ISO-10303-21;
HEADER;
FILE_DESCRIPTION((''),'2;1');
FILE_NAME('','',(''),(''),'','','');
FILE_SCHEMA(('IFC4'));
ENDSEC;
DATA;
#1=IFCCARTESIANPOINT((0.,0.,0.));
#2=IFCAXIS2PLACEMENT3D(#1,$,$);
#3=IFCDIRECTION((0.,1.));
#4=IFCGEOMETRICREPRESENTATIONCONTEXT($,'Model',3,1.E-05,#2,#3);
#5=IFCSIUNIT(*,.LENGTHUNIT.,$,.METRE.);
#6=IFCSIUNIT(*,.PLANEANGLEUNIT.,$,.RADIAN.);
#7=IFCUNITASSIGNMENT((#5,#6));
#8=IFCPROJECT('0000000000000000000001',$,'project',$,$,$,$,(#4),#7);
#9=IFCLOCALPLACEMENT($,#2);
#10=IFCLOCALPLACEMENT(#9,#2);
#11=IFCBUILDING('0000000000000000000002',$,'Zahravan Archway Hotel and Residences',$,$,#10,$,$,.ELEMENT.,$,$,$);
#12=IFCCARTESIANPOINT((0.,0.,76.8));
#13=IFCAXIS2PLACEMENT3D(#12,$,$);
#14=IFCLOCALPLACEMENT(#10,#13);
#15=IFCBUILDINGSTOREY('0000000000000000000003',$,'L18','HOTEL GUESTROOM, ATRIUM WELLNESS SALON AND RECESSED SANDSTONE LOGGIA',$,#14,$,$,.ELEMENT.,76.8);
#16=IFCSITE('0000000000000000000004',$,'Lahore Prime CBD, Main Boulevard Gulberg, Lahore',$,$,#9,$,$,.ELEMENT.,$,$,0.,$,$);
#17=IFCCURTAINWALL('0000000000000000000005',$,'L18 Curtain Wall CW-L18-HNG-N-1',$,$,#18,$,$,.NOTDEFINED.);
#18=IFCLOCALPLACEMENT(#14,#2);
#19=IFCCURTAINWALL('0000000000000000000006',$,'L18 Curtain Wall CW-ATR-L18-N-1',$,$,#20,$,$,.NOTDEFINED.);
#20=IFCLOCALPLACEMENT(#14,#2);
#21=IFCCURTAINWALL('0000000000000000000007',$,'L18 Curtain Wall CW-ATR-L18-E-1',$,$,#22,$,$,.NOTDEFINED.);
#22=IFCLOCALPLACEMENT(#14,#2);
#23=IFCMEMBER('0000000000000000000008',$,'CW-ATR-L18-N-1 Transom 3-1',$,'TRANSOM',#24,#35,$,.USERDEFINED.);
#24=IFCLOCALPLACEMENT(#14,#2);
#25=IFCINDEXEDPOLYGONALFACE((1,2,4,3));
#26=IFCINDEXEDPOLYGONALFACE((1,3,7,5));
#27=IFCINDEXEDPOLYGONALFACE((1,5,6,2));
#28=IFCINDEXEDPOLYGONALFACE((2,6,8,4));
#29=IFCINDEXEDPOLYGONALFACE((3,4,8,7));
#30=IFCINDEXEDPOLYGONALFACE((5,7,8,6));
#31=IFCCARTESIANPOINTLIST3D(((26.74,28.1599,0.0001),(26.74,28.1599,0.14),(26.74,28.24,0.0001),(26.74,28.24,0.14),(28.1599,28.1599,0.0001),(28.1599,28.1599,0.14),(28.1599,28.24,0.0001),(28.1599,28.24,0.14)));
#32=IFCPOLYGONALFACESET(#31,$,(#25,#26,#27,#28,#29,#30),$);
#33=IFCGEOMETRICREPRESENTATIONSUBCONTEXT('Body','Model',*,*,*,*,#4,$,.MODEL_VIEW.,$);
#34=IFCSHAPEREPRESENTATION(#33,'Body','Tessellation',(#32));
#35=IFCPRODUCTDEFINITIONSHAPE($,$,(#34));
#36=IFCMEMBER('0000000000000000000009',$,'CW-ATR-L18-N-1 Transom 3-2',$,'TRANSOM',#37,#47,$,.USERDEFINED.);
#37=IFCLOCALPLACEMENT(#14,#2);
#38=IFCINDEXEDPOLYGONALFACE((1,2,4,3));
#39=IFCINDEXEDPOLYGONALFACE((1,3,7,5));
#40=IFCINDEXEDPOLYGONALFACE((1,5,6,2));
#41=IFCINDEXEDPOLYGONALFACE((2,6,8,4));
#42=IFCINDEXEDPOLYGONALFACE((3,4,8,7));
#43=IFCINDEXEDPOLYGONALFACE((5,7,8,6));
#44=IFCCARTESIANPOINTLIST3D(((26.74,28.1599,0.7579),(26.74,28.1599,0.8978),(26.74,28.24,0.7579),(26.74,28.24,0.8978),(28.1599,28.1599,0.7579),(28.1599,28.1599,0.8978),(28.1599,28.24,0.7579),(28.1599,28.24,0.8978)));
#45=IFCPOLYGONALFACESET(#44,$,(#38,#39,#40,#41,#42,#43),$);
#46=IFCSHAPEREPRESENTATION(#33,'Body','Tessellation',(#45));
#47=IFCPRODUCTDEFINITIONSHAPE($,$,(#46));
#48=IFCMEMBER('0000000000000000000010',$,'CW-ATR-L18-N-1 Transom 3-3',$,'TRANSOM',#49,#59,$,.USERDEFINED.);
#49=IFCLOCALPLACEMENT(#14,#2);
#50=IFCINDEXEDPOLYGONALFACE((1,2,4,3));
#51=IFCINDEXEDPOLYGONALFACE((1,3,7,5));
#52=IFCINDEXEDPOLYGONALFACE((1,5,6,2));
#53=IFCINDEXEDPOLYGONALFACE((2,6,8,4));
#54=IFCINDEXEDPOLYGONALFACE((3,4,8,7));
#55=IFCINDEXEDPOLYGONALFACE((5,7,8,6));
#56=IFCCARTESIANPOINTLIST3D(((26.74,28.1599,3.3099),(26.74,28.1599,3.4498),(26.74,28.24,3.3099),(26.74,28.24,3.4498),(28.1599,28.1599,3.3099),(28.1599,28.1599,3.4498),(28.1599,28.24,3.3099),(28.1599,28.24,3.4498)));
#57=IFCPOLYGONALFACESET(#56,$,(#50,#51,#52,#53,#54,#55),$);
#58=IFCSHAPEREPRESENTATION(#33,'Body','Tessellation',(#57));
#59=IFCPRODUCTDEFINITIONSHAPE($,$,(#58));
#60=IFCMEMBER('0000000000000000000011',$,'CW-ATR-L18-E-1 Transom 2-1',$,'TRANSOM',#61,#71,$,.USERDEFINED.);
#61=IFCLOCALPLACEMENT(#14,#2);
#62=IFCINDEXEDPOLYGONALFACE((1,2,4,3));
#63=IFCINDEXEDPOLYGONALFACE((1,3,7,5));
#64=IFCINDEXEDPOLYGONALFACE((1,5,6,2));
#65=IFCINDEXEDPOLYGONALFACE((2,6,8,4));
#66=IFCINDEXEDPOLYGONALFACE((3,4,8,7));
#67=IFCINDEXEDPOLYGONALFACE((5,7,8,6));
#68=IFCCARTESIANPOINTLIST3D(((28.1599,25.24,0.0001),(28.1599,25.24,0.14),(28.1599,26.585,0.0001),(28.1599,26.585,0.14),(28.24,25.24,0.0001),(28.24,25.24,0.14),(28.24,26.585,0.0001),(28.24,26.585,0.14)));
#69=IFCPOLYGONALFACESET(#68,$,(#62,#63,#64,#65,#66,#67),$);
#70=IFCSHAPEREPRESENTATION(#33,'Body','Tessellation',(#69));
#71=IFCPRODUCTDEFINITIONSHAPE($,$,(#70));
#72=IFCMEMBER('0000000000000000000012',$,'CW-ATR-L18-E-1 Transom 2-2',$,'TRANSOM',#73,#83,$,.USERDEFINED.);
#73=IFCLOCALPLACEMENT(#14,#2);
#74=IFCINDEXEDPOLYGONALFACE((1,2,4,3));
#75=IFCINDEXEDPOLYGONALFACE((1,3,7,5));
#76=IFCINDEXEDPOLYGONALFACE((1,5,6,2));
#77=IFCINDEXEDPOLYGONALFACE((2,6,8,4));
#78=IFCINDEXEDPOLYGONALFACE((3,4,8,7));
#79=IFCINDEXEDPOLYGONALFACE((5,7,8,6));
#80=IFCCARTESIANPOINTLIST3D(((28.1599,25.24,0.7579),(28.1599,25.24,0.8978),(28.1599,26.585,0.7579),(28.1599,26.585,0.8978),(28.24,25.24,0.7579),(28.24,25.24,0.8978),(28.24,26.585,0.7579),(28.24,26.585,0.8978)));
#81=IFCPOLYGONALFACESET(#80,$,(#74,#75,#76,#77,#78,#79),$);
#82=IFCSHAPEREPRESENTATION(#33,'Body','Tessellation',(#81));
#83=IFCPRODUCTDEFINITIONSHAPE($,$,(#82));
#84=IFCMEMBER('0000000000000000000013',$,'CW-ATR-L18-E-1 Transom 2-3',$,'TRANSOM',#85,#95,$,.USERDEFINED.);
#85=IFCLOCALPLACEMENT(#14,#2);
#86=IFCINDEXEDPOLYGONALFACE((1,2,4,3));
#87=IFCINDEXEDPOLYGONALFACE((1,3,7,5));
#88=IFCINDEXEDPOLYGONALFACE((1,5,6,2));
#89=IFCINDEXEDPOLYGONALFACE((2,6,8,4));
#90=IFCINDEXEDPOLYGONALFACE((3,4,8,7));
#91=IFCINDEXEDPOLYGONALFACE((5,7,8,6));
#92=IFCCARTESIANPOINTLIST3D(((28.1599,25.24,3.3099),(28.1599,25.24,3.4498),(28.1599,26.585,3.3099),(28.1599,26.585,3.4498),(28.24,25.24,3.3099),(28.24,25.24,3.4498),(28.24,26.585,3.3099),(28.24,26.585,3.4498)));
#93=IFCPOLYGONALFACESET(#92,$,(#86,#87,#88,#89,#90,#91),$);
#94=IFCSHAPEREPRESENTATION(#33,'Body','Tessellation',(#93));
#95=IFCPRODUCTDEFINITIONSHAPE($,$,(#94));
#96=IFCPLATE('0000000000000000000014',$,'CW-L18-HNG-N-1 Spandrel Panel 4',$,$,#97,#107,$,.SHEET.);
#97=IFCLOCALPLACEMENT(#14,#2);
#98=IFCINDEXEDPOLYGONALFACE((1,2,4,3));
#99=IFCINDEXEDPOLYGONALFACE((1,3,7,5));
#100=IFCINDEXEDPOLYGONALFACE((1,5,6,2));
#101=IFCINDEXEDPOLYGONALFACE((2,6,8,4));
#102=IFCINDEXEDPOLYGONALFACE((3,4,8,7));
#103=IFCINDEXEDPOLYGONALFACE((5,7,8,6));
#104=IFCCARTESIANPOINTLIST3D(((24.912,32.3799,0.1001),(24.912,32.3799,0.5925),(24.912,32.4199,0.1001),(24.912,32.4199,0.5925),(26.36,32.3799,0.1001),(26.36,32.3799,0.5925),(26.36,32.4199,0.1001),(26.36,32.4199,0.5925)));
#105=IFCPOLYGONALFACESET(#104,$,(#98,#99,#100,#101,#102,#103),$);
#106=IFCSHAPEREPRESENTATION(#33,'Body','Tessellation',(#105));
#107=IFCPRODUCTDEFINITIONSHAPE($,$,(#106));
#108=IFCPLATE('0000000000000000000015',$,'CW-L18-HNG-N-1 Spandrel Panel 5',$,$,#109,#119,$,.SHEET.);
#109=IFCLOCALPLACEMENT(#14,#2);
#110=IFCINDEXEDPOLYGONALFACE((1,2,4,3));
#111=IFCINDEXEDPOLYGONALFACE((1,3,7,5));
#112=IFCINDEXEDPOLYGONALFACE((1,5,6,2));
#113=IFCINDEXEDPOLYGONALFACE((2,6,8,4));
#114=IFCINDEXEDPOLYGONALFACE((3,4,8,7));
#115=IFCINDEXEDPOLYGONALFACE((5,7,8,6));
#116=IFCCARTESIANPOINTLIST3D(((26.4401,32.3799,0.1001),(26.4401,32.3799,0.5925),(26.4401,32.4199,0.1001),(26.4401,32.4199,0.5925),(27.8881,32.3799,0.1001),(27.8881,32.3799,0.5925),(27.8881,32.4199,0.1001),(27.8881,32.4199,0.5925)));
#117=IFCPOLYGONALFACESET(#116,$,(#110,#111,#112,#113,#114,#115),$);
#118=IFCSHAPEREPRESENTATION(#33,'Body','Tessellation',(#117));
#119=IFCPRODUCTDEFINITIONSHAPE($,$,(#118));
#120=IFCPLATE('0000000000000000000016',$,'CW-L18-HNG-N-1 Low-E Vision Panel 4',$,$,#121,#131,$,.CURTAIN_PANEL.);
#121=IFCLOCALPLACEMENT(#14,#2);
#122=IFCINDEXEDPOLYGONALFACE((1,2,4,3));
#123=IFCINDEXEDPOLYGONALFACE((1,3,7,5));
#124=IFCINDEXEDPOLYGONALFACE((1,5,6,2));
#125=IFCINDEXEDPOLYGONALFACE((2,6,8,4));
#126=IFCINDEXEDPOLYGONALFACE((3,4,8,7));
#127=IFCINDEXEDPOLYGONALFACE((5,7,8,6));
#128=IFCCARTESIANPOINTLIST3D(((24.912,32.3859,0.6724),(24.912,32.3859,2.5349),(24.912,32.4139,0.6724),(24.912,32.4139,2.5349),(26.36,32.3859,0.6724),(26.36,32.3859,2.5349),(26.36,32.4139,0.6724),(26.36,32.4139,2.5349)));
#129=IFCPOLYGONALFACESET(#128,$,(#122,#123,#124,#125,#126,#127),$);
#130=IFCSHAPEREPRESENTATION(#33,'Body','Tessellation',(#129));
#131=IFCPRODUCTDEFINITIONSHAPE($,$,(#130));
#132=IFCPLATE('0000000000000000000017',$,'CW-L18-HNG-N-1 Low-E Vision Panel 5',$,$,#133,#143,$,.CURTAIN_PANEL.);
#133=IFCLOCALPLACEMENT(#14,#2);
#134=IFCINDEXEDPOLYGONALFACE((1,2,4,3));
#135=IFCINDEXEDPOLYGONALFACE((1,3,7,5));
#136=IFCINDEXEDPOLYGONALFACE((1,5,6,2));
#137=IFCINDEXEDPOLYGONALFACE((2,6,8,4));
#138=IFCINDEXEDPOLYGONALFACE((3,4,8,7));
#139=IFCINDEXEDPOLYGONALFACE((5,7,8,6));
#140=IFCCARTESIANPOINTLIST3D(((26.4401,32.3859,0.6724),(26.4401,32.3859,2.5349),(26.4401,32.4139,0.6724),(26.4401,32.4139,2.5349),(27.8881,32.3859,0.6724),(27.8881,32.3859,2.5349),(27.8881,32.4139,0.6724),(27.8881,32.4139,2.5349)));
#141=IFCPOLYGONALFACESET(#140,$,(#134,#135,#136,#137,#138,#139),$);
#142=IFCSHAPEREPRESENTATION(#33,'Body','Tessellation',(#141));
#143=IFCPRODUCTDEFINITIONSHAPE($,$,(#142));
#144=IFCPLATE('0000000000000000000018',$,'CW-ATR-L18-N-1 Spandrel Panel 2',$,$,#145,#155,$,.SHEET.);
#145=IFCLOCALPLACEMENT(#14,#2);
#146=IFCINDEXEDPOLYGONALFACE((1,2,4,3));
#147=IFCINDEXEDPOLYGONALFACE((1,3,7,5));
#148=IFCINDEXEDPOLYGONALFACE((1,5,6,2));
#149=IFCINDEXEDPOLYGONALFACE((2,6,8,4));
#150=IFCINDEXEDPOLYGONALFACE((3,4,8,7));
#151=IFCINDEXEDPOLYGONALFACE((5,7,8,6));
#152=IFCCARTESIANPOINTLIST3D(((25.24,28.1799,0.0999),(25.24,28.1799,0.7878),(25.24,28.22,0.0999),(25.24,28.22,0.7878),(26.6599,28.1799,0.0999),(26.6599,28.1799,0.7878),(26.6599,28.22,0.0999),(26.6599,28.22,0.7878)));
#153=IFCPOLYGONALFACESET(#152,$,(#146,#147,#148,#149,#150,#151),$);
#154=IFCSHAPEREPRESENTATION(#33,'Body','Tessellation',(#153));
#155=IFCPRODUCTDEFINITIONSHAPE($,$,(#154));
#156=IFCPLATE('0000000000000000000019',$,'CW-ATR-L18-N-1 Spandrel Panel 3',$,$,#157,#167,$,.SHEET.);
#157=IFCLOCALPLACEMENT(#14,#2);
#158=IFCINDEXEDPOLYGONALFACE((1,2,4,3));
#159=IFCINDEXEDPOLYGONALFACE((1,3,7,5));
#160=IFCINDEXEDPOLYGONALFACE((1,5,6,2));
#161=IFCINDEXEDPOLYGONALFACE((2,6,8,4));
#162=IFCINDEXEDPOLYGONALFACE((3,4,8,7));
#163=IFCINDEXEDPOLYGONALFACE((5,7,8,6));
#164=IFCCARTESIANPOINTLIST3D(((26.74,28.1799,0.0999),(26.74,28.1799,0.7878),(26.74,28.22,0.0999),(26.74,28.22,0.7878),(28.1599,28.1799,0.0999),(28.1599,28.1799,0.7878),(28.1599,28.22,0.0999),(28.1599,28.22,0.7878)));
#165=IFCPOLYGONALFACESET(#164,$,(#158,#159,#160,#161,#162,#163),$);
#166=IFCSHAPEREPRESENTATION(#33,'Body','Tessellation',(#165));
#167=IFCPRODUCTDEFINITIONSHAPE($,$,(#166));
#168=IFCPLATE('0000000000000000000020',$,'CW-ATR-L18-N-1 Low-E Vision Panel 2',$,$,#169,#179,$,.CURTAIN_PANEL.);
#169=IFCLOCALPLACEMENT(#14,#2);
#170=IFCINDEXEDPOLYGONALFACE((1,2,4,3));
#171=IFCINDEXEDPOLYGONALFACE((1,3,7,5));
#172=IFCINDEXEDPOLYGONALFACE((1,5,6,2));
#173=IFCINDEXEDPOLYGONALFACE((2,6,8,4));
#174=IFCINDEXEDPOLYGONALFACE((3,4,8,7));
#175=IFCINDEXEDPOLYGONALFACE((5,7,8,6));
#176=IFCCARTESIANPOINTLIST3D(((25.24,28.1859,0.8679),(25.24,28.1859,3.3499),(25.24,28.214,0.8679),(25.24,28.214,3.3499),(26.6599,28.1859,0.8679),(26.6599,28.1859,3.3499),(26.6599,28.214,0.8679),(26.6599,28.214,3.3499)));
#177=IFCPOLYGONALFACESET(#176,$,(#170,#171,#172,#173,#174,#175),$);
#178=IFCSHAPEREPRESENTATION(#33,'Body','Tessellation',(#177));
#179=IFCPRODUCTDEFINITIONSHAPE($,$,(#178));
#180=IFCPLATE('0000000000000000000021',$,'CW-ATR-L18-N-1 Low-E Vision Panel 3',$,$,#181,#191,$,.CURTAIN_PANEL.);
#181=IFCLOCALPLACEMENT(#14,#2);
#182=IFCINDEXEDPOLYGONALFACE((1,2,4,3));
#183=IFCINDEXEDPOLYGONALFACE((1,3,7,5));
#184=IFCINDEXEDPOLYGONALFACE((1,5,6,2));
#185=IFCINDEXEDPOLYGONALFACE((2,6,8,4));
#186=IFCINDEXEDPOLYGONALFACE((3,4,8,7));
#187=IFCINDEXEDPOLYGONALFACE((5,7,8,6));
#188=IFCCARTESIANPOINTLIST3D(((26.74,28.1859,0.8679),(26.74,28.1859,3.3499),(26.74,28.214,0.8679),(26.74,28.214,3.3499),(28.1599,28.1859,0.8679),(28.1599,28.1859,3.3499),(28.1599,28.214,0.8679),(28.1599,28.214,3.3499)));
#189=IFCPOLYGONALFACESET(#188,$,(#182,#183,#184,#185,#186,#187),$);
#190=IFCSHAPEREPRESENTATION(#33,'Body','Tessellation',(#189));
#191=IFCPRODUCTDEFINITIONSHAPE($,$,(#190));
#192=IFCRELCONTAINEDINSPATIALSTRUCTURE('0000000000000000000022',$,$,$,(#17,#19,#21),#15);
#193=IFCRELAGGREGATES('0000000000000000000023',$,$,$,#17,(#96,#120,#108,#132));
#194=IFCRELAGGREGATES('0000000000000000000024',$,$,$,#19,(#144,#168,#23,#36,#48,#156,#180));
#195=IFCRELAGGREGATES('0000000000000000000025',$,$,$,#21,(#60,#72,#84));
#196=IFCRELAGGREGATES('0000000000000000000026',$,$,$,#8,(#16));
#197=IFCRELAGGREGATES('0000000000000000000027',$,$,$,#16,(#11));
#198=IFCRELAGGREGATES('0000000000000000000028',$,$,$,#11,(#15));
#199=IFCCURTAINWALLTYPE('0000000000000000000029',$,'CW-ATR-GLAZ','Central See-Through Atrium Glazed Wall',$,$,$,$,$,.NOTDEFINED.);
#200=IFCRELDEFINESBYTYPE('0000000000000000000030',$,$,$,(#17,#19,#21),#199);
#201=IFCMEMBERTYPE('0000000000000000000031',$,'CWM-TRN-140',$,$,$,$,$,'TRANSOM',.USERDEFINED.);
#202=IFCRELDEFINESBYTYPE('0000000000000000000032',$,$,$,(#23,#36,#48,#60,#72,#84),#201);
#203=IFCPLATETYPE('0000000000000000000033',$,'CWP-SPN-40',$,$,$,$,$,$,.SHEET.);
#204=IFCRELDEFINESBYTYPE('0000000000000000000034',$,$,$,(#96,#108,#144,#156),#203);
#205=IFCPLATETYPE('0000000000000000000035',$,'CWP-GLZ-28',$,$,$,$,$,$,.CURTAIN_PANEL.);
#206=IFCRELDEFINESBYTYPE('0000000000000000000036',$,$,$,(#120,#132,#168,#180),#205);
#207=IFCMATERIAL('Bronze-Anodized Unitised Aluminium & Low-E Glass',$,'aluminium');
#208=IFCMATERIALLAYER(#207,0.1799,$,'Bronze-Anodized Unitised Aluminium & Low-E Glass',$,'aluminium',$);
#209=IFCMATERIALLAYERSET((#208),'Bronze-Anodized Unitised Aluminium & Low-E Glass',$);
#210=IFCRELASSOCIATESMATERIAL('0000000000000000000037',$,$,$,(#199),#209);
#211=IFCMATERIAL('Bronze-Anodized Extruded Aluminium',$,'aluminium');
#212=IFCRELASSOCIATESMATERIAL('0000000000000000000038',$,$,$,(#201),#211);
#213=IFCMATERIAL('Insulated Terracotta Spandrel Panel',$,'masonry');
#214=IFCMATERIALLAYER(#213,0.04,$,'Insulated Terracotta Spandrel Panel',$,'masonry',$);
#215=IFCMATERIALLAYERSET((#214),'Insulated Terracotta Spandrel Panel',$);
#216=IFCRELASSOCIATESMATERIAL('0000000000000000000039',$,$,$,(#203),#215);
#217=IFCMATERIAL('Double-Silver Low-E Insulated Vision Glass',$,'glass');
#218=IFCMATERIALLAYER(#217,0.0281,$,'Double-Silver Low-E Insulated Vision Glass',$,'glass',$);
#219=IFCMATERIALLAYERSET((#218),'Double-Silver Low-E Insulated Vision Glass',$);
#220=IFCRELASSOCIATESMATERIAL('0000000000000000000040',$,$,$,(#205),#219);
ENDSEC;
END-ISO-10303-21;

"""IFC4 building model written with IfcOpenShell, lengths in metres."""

from ifc_helpers import new_model, si_unit, direction, frame, origin, origin_2d, place, context, subcontext, project, spatial, rectangle, extrude, source, transform, mapped, material, layer, layer_set, material_profile, profile_set, type_object, element, aggregate, save


model = new_model("IFC4")

# Units and contexts
model_context = context("Model", 3, precision=1e-05, world=origin(), true_north=direction((0.0, 1.0)))
body_context = subcontext(model_context, "Body", "Model", "MODEL_VIEW")
ifc_project = project(units=[si_unit("LENGTHUNIT", "METRE"), si_unit("PLANEANGLEUNIT", "RADIAN")], contexts=[model_context])

# Site, building, storey
site_placement = place(None, origin())
site = spatial("IfcSite", under=ifc_project, at=site_placement, Name="Lahore Prime CBD, Main Boulevard Gulberg, Lahore", CompositionType="ELEMENT", RefElevation=0.0)
building_placement = place(site_placement, origin())
building = spatial("IfcBuilding", under=site, at=building_placement, Name="Zahravan Archway Hotel and Residences", CompositionType="ELEMENT")
storey_placement = place(building_placement, frame((0.0, 0.0, 76.8)))
storey = spatial("IfcBuildingStorey", under=building, at=storey_placement, Name="L18", Description="HOTEL GUESTROOM, ATRIUM WELLNESS SALON AND RECESSED SANDSTONE LOGGIA", CompositionType="ELEMENT", Elevation=76.8)

# Curtain wall
ifc_material_1 = material(Name="Bronze-Anodized Unitised Aluminium & Low-E Glass", Category="aluminium")
ifc_layer_1 = layer(ifc_material_1, 0.1799, Name="Bronze-Anodized Unitised Aluminium & Low-E Glass", Category="aluminium")
ifc_layer_set_1 = layer_set([ifc_layer_1], Name="Bronze-Anodized Unitised Aluminium & Low-E Glass")
curtain_wall_type = type_object("IfcCurtainWallType", Name="CW-ATR-GLAZ", Description="Central See-Through Atrium Glazed Wall", PredefinedType="NOTDEFINED", material=ifc_layer_set_1)
curtain_wall_1_placement = place(storey_placement, origin())
curtain_wall_1 = element("IfcCurtainWall", 1, at=curtain_wall_1_placement, inside=storey, type_object=curtain_wall_type, Name="L18 Curtain Wall CW-L18-HNG-N-1", PredefinedType="NOTDEFINED")
ifc_material_2 = material(Name="Bronze-Anodized Extruded Aluminium", Category="aluminium")
ifc_material_profile_1 = material_profile(ifc_material_2, rectangle(XDim=0.0801, YDim=0.1399, at=origin_2d()), Name="TRN 80x140", Category="aluminium")
ifc_profile_set_1 = profile_set([ifc_material_profile_1], Name="Bronze-Anodized Extruded Aluminium")
member_type_1 = type_object("IfcMemberType", Name="CWM-TRN-140", ElementType="TRANSOM", PredefinedType="USERDEFINED", material=ifc_profile_set_1)

# Curtain wall
curtain_wall_2_placement = place(storey_placement, origin())
curtain_wall_2 = element("IfcCurtainWall", 2, at=curtain_wall_2_placement, inside=storey, type_object=curtain_wall_type, Name="L18 Curtain Wall CW-ATR-L18-N-1", PredefinedType="NOTDEFINED")

# Curtain wall
curtain_wall_3_placement = place(storey_placement, origin())
curtain_wall_3 = element("IfcCurtainWall", 3, at=curtain_wall_3_placement, inside=storey, type_object=curtain_wall_type, Name="L18 Curtain Wall CW-ATR-L18-E-1", PredefinedType="NOTDEFINED")

# Members
shared_shape_1 = source(origin(), body_context, "Body", "SweptSolid", [
    extrude(rectangle(XDim=0.0801, YDim=0.1399, at=origin_2d()), origin(), (0.0, 0.0, 1.0), 1.4199),
])
member_1_placement = place(storey_placement, frame((26.74, 28.2, 0.0701), z_axis=(1.0, 0.0, 0.0), x_axis=(0.0, 1.0, 0.0)))
member_1 = element("IfcMember", 4, at=member_1_placement, type_object=member_type_1, Name="CW-ATR-L18-N-1 Transom 3-1", ObjectType="TRANSOM", PredefinedType="USERDEFINED", context=body_context, shape_type="MappedRepresentation", body=[
    mapped(shared_shape_1, transform((0.0, 0.0, 0.0), scale=1.0)),
])
member_2_placement = place(storey_placement, frame((26.74, 28.2, 0.8279), z_axis=(1.0, 0.0, 0.0), x_axis=(0.0, 1.0, 0.0)))
member_2 = element("IfcMember", 5, at=member_2_placement, type_object=member_type_1, Name="CW-ATR-L18-N-1 Transom 3-2", ObjectType="TRANSOM", PredefinedType="USERDEFINED", context=body_context, shape_type="MappedRepresentation", body=[
    mapped(shared_shape_1, transform((0.0, 0.0, 0.0), scale=1.0)),
])
member_3_placement = place(storey_placement, frame((26.74, 28.2, 3.3799), z_axis=(1.0, 0.0, 0.0), x_axis=(0.0, 1.0, 0.0)))
member_3 = element("IfcMember", 6, at=member_3_placement, type_object=member_type_1, Name="CW-ATR-L18-N-1 Transom 3-3", ObjectType="TRANSOM", PredefinedType="USERDEFINED", context=body_context, shape_type="MappedRepresentation", body=[
    mapped(shared_shape_1, transform((0.0, 0.0, 0.0), scale=1.0)),
])
shared_shape_2 = source(origin(), body_context, "Body", "SweptSolid", [
    extrude(rectangle(XDim=0.0801, YDim=0.1399, at=origin_2d()), origin(), (0.0, 0.0, 1.0), 1.345),
])
member_4_placement = place(storey_placement, frame((28.2, 25.24, 0.0701), z_axis=(0.0, 1.0, 0.0), x_axis=(-1.0, 0.0, 0.0)))
member_4 = element("IfcMember", 7, at=member_4_placement, type_object=member_type_1, Name="CW-ATR-L18-E-1 Transom 2-1", ObjectType="TRANSOM", PredefinedType="USERDEFINED", context=body_context, shape_type="MappedRepresentation", body=[
    mapped(shared_shape_2, transform((0.0, 0.0, 0.0), scale=1.0)),
])
member_5_placement = place(storey_placement, frame((28.2, 25.24, 0.8279), z_axis=(0.0, 1.0, 0.0), x_axis=(-1.0, 0.0, 0.0)))
member_5 = element("IfcMember", 8, at=member_5_placement, type_object=member_type_1, Name="CW-ATR-L18-E-1 Transom 2-2", ObjectType="TRANSOM", PredefinedType="USERDEFINED", context=body_context, shape_type="MappedRepresentation", body=[
    mapped(shared_shape_2, transform((0.0, 0.0, 0.0), scale=1.0)),
])
member_6_placement = place(storey_placement, frame((28.2, 25.24, 3.3799), z_axis=(0.0, 1.0, 0.0), x_axis=(-1.0, 0.0, 0.0)))
member_6 = element("IfcMember", 9, at=member_6_placement, type_object=member_type_1, Name="CW-ATR-L18-E-1 Transom 2-3", ObjectType="TRANSOM", PredefinedType="USERDEFINED", context=body_context, shape_type="MappedRepresentation", body=[
    mapped(shared_shape_2, transform((0.0, 0.0, 0.0), scale=1.0)),
])

# Plates
ifc_material_3 = material(Name="Insulated Terracotta Spandrel Panel", Category="masonry")
ifc_layer_2 = layer(ifc_material_3, 0.04, Name="Insulated Terracotta Spandrel Panel", Category="masonry")
ifc_layer_set_2 = layer_set([ifc_layer_2], Name="Insulated Terracotta Spandrel Panel")
plate_type_1 = type_object("IfcPlateType", Name="CWP-SPN-40", PredefinedType="SHEET", material=ifc_layer_set_2)
shared_shape_3 = source(origin(), body_context, "Body", "SweptSolid", [
    extrude(rectangle(XDim=1.448, YDim=0.04, at=origin_2d()), origin(), (0.0, 0.0, 1.0), 0.4924),
])
plate_1_placement = place(storey_placement, frame((25.636, 32.3999, 0.1001), z_axis=(0.0, 0.0, 1.0), x_axis=(1.0, 0.0, 0.0)))
plate_1 = element("IfcPlate", 10, at=plate_1_placement, type_object=plate_type_1, Name="CW-L18-HNG-N-1 Spandrel Panel 4", PredefinedType="SHEET", context=body_context, shape_type="MappedRepresentation", body=[
    mapped(shared_shape_3, transform((0.0, 0.0, 0.0), scale=1.0)),
])
plate_2_placement = place(storey_placement, frame((27.1641, 32.3999, 0.1001), z_axis=(0.0, 0.0, 1.0), x_axis=(1.0, 0.0, 0.0)))
plate_2 = element("IfcPlate", 11, at=plate_2_placement, type_object=plate_type_1, Name="CW-L18-HNG-N-1 Spandrel Panel 5", PredefinedType="SHEET", context=body_context, shape_type="MappedRepresentation", body=[
    mapped(shared_shape_3, transform((0.0, 0.0, 0.0), scale=1.0)),
])
ifc_material_4 = material(Name="Double-Silver Low-E Insulated Vision Glass", Category="glass")
ifc_layer_3 = layer(ifc_material_4, 0.0281, Name="Double-Silver Low-E Insulated Vision Glass", Category="glass")
ifc_layer_set_3 = layer_set([ifc_layer_3], Name="Double-Silver Low-E Insulated Vision Glass")
plate_type_2 = type_object("IfcPlateType", Name="CWP-GLZ-28", PredefinedType="CURTAIN_PANEL", material=ifc_layer_set_3)
shared_shape_4 = source(origin(), body_context, "Body", "SweptSolid", [
    extrude(rectangle(XDim=1.448, YDim=0.0281, at=origin_2d()), origin(), (0.0, 0.0, 1.0), 1.8625),
])
plate_3_placement = place(storey_placement, frame((25.636, 32.3999, 0.6724), z_axis=(0.0, 0.0, 1.0), x_axis=(1.0, 0.0, 0.0)))
plate_3 = element("IfcPlate", 12, at=plate_3_placement, type_object=plate_type_2, Name="CW-L18-HNG-N-1 Low-E Vision Panel 4", PredefinedType="CURTAIN_PANEL", context=body_context, shape_type="MappedRepresentation", body=[
    mapped(shared_shape_4, transform((0.0, 0.0, 0.0), scale=1.0)),
])
plate_4_placement = place(storey_placement, frame((27.1641, 32.3999, 0.6724), z_axis=(0.0, 0.0, 1.0), x_axis=(1.0, 0.0, 0.0)))
plate_4 = element("IfcPlate", 13, at=plate_4_placement, type_object=plate_type_2, Name="CW-L18-HNG-N-1 Low-E Vision Panel 5", PredefinedType="CURTAIN_PANEL", context=body_context, shape_type="MappedRepresentation", body=[
    mapped(shared_shape_4, transform((0.0, 0.0, 0.0), scale=1.0)),
])
aggregate(curtain_wall_1, [plate_1, plate_3, plate_2, plate_4])
shared_shape_5 = source(origin(), body_context, "Body", "SweptSolid", [
    extrude(rectangle(XDim=1.4199, YDim=0.04, at=origin_2d()), origin(), (0.0, 0.0, 1.0), 0.688),
])
plate_5_placement = place(storey_placement, frame((25.95, 28.2, 0.0999), z_axis=(0.0, 0.0, 1.0), x_axis=(1.0, 0.0, 0.0)))
plate_5 = element("IfcPlate", 14, at=plate_5_placement, type_object=plate_type_1, Name="CW-ATR-L18-N-1 Spandrel Panel 2", PredefinedType="SHEET", context=body_context, shape_type="MappedRepresentation", body=[
    mapped(shared_shape_5, transform((0.0, 0.0, 0.0), scale=1.0)),
])
plate_6_placement = place(storey_placement, frame((27.45, 28.2, 0.0999), z_axis=(0.0, 0.0, 1.0), x_axis=(1.0, 0.0, 0.0)))
plate_6 = element("IfcPlate", 15, at=plate_6_placement, type_object=plate_type_1, Name="CW-ATR-L18-N-1 Spandrel Panel 3", PredefinedType="SHEET", context=body_context, shape_type="MappedRepresentation", body=[
    mapped(shared_shape_5, transform((0.0, 0.0, 0.0), scale=1.0)),
])
shared_shape_6 = source(origin(), body_context, "Body", "SweptSolid", [
    extrude(rectangle(XDim=1.4199, YDim=0.0281, at=origin_2d()), origin(), (0.0, 0.0, 1.0), 2.4819),
])
plate_7_placement = place(storey_placement, frame((25.95, 28.2, 0.8679), z_axis=(0.0, 0.0, 1.0), x_axis=(1.0, 0.0, 0.0)))
plate_7 = element("IfcPlate", 16, at=plate_7_placement, type_object=plate_type_2, Name="CW-ATR-L18-N-1 Low-E Vision Panel 2", PredefinedType="CURTAIN_PANEL", context=body_context, shape_type="MappedRepresentation", body=[
    mapped(shared_shape_6, transform((0.0, 0.0, 0.0), scale=1.0)),
])
plate_8_placement = place(storey_placement, frame((27.45, 28.2, 0.8679), z_axis=(0.0, 0.0, 1.0), x_axis=(1.0, 0.0, 0.0)))
plate_8 = element("IfcPlate", 17, at=plate_8_placement, type_object=plate_type_2, Name="CW-ATR-L18-N-1 Low-E Vision Panel 3", PredefinedType="CURTAIN_PANEL", context=body_context, shape_type="MappedRepresentation", body=[
    mapped(shared_shape_6, transform((0.0, 0.0, 0.0), scale=1.0)),
])
aggregate(curtain_wall_2, [plate_5, plate_7, member_1, member_2, member_3, plate_6, plate_8])
aggregate(curtain_wall_3, [member_4, member_5, member_6])

save(model, "model.ifc")
